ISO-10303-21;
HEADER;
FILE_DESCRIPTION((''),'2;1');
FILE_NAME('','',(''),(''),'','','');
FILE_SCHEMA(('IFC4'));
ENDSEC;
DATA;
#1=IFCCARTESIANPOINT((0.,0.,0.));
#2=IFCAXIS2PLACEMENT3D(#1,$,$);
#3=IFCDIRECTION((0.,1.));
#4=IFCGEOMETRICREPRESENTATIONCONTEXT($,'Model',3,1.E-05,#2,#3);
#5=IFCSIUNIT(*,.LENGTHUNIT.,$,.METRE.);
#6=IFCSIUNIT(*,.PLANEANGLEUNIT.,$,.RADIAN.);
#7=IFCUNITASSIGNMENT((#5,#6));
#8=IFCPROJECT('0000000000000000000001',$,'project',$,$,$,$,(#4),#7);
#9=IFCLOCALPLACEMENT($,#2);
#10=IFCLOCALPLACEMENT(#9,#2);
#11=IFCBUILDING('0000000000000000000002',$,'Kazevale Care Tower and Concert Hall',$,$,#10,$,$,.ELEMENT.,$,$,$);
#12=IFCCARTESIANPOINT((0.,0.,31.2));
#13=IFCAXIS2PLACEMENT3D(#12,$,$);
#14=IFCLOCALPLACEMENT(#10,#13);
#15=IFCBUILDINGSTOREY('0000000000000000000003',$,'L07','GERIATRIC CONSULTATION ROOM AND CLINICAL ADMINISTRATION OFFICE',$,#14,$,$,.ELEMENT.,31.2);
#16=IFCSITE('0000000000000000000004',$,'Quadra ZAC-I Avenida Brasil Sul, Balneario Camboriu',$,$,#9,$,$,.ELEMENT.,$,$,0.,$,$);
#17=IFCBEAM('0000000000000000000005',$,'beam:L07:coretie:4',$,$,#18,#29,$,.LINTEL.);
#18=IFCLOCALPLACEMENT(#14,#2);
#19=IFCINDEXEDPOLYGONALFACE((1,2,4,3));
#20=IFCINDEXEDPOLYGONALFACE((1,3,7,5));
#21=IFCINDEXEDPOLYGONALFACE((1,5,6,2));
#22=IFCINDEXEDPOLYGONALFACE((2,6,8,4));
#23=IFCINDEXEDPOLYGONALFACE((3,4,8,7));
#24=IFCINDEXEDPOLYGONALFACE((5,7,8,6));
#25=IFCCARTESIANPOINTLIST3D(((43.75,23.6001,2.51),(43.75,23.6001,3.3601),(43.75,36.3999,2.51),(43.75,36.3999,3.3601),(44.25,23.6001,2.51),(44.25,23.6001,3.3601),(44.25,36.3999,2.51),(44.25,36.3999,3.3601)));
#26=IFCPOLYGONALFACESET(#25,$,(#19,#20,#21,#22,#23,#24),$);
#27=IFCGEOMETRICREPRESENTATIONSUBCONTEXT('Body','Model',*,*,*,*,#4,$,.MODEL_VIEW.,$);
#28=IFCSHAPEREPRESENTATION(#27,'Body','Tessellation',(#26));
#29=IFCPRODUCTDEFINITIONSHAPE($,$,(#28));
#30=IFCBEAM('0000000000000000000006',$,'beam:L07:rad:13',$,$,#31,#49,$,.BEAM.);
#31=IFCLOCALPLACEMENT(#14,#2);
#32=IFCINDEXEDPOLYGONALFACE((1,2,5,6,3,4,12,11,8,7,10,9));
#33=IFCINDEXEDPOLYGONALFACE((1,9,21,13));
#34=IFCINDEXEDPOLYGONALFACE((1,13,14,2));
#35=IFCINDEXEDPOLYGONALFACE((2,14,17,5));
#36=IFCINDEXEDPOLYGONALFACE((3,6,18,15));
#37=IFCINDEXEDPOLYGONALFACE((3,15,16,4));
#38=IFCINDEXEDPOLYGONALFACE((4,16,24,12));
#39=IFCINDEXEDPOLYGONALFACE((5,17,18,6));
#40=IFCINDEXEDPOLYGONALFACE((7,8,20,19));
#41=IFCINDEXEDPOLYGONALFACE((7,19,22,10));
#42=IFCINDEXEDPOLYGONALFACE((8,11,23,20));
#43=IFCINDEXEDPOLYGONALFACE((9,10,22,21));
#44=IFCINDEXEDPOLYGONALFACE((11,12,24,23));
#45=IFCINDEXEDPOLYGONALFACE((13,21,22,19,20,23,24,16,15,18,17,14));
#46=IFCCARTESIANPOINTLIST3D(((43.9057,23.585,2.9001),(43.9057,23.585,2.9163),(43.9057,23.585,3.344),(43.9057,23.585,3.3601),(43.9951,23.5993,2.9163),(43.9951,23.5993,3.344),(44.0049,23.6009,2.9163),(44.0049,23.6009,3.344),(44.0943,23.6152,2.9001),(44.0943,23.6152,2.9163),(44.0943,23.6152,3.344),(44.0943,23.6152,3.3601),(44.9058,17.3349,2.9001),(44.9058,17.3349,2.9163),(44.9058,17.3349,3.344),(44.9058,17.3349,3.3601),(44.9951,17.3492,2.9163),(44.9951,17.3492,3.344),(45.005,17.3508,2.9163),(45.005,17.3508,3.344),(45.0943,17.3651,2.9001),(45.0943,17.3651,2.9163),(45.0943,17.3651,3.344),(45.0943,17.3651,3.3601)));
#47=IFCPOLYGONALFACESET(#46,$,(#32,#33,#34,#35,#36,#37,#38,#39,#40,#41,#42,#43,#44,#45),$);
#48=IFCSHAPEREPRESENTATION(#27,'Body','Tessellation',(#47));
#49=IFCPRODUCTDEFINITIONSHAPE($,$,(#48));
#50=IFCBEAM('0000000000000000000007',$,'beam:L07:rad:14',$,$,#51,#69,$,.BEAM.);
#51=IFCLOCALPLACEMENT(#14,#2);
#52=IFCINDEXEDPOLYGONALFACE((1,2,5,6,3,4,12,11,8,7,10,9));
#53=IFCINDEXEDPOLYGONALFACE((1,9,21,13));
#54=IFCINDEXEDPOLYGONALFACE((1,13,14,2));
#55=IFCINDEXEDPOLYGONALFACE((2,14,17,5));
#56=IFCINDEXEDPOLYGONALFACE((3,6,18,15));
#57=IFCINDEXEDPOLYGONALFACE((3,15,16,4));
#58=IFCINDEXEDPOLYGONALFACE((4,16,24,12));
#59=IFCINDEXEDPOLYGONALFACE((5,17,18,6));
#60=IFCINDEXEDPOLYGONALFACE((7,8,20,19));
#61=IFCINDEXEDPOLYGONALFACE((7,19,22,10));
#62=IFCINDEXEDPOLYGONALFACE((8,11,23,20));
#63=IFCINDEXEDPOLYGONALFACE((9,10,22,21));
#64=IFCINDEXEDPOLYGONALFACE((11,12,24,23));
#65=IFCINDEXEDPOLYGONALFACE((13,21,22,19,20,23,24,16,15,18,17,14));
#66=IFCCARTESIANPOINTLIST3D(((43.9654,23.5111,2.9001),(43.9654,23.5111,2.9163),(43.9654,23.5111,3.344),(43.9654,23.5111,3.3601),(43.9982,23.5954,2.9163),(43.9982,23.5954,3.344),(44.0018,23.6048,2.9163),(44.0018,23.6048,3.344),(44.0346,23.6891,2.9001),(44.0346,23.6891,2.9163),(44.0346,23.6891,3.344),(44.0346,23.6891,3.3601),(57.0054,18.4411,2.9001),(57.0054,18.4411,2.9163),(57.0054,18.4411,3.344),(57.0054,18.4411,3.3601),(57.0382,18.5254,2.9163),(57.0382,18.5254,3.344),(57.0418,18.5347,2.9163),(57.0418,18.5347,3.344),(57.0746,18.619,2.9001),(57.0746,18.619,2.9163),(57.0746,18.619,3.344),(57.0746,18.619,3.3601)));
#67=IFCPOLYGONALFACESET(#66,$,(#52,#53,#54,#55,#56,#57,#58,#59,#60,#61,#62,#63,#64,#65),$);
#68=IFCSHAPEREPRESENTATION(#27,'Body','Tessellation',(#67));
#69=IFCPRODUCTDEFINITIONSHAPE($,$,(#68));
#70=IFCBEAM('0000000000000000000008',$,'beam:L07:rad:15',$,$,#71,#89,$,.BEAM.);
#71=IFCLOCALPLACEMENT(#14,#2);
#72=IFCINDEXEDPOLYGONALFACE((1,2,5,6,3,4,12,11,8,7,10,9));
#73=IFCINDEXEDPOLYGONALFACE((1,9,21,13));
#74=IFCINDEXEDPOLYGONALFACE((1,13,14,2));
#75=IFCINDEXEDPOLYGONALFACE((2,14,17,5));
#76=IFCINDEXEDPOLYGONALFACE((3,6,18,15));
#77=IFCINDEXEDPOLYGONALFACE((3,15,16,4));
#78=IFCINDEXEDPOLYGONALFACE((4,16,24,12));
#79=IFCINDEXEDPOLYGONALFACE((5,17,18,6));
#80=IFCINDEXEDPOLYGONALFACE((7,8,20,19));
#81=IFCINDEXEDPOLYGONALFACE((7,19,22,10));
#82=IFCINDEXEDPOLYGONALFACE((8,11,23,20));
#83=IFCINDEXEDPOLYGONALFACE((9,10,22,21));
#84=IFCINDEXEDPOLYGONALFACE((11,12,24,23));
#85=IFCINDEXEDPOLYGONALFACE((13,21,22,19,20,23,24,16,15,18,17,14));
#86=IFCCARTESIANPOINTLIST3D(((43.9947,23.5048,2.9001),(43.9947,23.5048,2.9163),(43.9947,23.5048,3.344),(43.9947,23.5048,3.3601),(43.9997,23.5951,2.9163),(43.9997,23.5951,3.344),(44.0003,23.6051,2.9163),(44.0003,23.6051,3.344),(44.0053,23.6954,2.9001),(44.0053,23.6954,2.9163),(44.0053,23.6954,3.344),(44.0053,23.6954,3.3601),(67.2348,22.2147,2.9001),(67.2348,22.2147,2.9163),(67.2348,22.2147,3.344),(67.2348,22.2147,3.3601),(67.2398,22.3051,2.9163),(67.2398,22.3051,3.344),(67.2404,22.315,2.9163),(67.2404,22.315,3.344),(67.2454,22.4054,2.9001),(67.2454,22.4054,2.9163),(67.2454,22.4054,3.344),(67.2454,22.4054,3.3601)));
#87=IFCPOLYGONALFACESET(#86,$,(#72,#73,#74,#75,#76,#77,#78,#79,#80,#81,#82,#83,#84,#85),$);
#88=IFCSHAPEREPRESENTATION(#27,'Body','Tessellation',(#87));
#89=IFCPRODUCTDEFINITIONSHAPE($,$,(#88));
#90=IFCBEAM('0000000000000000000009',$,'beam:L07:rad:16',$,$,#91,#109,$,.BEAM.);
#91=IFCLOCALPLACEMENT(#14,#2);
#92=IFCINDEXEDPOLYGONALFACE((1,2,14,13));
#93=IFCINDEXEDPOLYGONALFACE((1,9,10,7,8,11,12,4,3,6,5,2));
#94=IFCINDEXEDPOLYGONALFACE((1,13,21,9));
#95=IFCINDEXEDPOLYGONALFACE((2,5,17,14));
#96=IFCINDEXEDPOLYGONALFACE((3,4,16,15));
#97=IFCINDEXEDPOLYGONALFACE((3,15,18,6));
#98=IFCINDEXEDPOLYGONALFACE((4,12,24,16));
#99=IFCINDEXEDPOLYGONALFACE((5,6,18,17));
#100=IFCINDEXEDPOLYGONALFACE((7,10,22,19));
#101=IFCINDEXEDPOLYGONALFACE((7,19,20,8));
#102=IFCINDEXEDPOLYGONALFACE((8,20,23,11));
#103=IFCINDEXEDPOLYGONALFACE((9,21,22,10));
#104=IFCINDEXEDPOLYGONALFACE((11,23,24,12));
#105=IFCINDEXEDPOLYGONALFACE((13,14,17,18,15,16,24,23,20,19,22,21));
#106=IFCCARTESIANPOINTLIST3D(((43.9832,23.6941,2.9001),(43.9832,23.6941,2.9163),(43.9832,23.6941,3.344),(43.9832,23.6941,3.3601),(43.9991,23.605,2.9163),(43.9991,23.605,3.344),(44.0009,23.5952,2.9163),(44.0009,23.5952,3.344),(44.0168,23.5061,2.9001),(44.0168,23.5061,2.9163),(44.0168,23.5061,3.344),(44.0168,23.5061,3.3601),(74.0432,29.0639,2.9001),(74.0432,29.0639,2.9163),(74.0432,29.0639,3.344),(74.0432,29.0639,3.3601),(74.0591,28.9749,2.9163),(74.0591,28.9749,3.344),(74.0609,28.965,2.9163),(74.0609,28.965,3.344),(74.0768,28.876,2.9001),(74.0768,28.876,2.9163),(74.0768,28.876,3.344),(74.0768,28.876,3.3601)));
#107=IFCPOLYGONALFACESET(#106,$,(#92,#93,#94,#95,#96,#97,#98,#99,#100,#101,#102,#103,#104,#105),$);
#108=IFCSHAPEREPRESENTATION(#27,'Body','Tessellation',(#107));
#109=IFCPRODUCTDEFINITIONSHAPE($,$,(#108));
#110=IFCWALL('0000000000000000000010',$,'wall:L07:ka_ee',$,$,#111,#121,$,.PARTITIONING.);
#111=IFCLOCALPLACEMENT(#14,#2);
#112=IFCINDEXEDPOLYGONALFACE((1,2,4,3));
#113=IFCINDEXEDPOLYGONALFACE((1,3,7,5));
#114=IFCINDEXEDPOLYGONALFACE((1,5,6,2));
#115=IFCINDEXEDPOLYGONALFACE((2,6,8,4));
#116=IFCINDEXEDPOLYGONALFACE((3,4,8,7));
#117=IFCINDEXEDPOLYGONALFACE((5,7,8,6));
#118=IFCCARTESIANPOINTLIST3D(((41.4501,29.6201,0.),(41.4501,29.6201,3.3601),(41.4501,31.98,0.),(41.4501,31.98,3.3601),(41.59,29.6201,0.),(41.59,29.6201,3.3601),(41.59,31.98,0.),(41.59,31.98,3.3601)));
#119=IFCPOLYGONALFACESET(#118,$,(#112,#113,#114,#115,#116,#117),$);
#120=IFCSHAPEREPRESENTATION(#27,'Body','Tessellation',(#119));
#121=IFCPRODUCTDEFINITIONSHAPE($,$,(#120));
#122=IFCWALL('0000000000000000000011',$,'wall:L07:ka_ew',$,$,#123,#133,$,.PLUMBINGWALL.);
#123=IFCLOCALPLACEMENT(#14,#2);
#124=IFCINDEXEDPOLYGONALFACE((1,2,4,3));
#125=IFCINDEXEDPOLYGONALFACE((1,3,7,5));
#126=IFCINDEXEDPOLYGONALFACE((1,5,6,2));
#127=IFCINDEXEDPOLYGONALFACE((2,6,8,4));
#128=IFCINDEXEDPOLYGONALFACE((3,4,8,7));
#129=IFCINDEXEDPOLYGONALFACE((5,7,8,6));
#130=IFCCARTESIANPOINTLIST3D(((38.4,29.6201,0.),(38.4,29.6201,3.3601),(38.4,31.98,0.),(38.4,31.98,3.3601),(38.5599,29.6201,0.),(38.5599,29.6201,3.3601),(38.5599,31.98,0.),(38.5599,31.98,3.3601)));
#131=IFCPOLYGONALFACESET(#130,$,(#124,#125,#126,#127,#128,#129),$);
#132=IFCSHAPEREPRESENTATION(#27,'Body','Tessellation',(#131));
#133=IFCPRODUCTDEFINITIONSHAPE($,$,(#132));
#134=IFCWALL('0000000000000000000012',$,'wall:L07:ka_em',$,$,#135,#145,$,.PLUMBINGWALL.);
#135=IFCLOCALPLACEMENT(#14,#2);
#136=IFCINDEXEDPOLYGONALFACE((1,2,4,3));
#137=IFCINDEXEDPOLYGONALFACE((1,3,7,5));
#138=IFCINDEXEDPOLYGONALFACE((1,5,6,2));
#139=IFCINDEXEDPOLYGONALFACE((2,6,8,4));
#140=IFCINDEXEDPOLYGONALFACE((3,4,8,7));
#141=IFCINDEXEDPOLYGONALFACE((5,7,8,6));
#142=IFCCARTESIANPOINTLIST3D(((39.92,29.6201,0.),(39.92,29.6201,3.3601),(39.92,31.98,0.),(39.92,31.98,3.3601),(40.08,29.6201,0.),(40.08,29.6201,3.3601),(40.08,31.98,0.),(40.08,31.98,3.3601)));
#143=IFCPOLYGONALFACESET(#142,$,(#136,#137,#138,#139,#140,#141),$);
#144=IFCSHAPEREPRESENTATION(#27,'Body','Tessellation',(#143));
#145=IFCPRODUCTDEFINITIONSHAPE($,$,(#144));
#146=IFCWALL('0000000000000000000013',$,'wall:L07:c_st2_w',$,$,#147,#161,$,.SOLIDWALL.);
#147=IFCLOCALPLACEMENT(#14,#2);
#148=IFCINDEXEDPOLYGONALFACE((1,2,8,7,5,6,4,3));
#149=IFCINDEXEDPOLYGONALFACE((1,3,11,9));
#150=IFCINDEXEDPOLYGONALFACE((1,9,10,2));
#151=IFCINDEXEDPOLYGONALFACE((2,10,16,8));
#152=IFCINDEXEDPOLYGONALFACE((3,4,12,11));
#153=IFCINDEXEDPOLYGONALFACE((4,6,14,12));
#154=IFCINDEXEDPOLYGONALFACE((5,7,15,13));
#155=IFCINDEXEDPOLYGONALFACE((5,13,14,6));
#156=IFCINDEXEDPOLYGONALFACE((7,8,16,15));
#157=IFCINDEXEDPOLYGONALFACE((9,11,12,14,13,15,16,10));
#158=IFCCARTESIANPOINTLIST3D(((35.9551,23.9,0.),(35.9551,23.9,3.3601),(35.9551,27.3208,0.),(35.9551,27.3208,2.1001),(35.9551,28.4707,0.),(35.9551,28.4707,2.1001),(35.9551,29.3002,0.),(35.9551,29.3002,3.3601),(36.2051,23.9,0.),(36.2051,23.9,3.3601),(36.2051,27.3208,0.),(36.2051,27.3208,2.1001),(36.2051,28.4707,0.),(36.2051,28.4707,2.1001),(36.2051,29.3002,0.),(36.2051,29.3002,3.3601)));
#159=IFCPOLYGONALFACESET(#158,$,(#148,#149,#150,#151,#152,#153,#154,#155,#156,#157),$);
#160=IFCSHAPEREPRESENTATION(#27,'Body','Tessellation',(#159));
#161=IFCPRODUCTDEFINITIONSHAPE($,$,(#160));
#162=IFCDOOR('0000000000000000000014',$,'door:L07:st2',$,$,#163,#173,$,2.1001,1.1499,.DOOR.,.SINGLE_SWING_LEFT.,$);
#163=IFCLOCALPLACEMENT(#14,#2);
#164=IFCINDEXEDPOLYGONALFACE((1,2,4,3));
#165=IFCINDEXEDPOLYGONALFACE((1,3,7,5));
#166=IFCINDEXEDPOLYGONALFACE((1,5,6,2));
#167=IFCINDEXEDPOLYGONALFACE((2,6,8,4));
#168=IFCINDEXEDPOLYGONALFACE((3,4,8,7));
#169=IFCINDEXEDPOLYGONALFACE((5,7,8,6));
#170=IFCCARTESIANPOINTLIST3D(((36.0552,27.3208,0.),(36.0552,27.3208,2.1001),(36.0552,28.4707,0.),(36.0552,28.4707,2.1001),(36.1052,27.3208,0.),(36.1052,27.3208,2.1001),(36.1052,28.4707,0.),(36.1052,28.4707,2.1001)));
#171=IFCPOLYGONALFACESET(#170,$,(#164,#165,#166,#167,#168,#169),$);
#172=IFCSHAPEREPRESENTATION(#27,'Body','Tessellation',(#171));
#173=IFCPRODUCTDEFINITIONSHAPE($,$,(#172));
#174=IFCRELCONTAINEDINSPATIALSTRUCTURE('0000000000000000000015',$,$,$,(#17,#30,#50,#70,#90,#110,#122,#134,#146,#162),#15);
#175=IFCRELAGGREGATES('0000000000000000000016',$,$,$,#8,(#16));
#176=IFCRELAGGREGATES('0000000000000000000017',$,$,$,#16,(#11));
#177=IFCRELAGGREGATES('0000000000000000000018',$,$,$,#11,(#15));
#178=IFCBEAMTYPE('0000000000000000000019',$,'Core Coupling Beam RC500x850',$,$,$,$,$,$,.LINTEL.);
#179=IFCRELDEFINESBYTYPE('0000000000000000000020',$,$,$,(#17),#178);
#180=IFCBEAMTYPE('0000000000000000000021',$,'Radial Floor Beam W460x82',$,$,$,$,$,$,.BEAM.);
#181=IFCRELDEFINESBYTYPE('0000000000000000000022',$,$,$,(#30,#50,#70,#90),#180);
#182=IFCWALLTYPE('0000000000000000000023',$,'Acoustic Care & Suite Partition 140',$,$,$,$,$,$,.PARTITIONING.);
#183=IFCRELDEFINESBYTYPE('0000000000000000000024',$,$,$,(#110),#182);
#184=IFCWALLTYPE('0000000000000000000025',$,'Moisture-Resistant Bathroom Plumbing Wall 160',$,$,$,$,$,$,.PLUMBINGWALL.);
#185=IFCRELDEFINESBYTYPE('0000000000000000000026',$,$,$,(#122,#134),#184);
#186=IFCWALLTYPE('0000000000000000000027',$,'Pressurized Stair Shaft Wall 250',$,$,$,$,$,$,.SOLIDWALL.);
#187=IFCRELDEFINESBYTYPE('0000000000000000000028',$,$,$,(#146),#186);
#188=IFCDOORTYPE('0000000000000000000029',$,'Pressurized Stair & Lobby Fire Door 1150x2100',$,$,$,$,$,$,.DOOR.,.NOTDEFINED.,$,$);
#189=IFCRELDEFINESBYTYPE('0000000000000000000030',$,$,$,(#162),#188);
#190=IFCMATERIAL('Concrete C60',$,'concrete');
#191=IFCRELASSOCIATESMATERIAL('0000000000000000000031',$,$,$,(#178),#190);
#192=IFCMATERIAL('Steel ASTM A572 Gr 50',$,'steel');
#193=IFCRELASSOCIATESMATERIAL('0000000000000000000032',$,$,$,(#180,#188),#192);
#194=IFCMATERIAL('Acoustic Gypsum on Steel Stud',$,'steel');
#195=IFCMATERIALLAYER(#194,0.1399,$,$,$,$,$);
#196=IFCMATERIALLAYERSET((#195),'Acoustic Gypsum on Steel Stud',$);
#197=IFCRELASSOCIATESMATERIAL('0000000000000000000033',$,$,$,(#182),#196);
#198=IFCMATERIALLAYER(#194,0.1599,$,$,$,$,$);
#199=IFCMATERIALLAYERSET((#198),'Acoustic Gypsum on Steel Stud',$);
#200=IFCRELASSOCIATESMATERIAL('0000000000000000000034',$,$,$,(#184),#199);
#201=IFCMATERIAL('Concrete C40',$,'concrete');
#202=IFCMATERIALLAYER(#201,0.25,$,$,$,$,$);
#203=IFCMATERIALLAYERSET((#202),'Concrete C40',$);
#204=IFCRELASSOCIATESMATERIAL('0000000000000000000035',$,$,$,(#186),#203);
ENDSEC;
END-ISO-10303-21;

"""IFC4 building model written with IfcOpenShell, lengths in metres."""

from ifc_helpers import new_model, si_unit, direction, frame, frame_2d, origin, origin_2d, place, context, subcontext, project, spatial, rectangle, i_section, extrude, material, layer, layer_set, material_profile, profile_set, type_object, element, fill, save


model = new_model("IFC4")

# Units and contexts
model_context = context("Model", 3, precision=1e-05, world=origin(), true_north=direction((0.0, 1.0)))
body_context = subcontext(model_context, "Body", "Model", "MODEL_VIEW")
ifc_project = project(units=[si_unit("LENGTHUNIT", "METRE"), si_unit("PLANEANGLEUNIT", "RADIAN")], contexts=[model_context])

# Site, building, storey
site_placement = place(None, origin())
site = spatial("IfcSite", under=ifc_project, at=site_placement, Name="Quadra ZAC-I Avenida Brasil Sul, Balneario Camboriu", CompositionType="ELEMENT", RefElevation=0.0)
building_placement = place(site_placement, origin())
building = spatial("IfcBuilding", under=site, at=building_placement, Name="Kazevale Care Tower and Concert Hall", CompositionType="ELEMENT")
storey_placement = place(building_placement, frame((0.0, 0.0, 31.2)))
storey = spatial("IfcBuildingStorey", under=building, at=storey_placement, Name="L07", Description="GERIATRIC CONSULTATION ROOM AND CLINICAL ADMINISTRATION OFFICE", CompositionType="ELEMENT", Elevation=31.2)

# Beams
ifc_material_1 = material(Name="Concrete C60", Category="concrete")
ifc_material_profile_1 = material_profile(ifc_material_1, rectangle(XDim=0.5, YDim=0.8501, at=origin_2d()), Name="RC-B500x850")
ifc_profile_set_1 = profile_set([ifc_material_profile_1], Name="Concrete C60")
beam_type_1 = type_object("IfcBeamType", Name="Core Coupling Beam RC500x850", PredefinedType="LINTEL", material=ifc_profile_set_1)
beam_1_placement = place(storey_placement, frame((44.0, 23.6001, 2.9351), z_axis=(0.0, 1.0, 0.0), x_axis=(-1.0, 0.0, 0.0)))
element("IfcBeam", 1, at=beam_1_placement, inside=storey, type_object=beam_type_1, Name="beam:L07:coretie:4", PredefinedType="LINTEL", context=body_context, shape_type="SweptSolid", body=[
    extrude(rectangle(XDim=0.5, YDim=0.8501, at=origin_2d()), origin(), (0.0, 0.0, 1.0), 12.7998),
])
ifc_material_2 = material(Name="Steel ASTM A572 Gr 50", Category="steel")
ifc_material_profile_2 = material_profile(ifc_material_2, i_section(OverallWidth=0.1909, OverallDepth=0.46, WebThickness=0.01, FlangeThickness=0.0161, at=origin_2d()), Name="W460x82")
ifc_profile_set_2 = profile_set([ifc_material_profile_2], Name="Steel ASTM A572 Gr 50")
beam_type_2 = type_object("IfcBeamType", Name="Radial Floor Beam W460x82", PredefinedType="BEAM", material=ifc_profile_set_2)
beam_2_placement = place(storey_placement, frame((44.0, 23.6001, 3.1301), z_axis=(0.157991, -0.987441, 0.0), x_axis=(0.987441, 0.157991, 0.0)))
element("IfcBeam", 2, at=beam_2_placement, inside=storey, type_object=beam_type_2, Name="beam:L07:rad:13", PredefinedType="BEAM", context=body_context, shape_type="SweptSolid", body=[
    extrude(i_section(OverallWidth=0.1909, OverallDepth=0.46, WebThickness=0.01, FlangeThickness=0.0161, at=origin_2d()), origin(), (0.0, 0.0, 1.0), 6.3296),
])
beam_3_placement = place(storey_placement, frame((44.0, 23.6001, 3.1301), z_axis=(0.93203, -0.362381, 0.0), x_axis=(0.362381, 0.93203, 0.0)))
element("IfcBeam", 3, at=beam_3_placement, inside=storey, type_object=beam_type_2, Name="beam:L07:rad:14", PredefinedType="BEAM", context=body_context, shape_type="SweptSolid", body=[
    extrude(i_section(OverallWidth=0.1909, OverallDepth=0.46, WebThickness=0.01, FlangeThickness=0.0161, at=origin_2d()), origin(), (0.0, 0.0, 1.0), 13.991),
])
beam_4_placement = place(storey_placement, frame((44.0, 23.6001, 3.1301), z_axis=(0.998463, -0.055424, 0.0), x_axis=(0.055424, 0.998463, 0.0)))
element("IfcBeam", 4, at=beam_4_placement, inside=storey, type_object=beam_type_2, Name="beam:L07:rad:15", PredefinedType="BEAM", context=body_context, shape_type="SweptSolid", body=[
    extrude(i_section(OverallWidth=0.1909, OverallDepth=0.46, WebThickness=0.01, FlangeThickness=0.0161, at=origin_2d()), origin(), (0.0, 0.0, 1.0), 23.2759),
])
beam_5_placement = place(storey_placement, frame((44.0, 23.6001, 3.1301), z_axis=(0.984416, 0.175854, 0.0), x_axis=(-0.175854, 0.984416, 0.0)))
element("IfcBeam", 5, at=beam_5_placement, inside=storey, type_object=beam_type_2, Name="beam:L07:rad:16", PredefinedType="BEAM", context=body_context, shape_type="SweptSolid", body=[
    extrude(i_section(OverallWidth=0.1909, OverallDepth=0.46, WebThickness=0.01, FlangeThickness=0.0161, at=origin_2d()), origin(), (0.0, 0.0, 1.0), 30.5359),
])

# Wall
ifc_material_3 = material(Name="Acoustic Gypsum on Steel Stud", Category="steel")
ifc_layer_1 = layer(ifc_material_3, 0.1399)
ifc_layer_set_1 = layer_set([ifc_layer_1], Name="Acoustic Gypsum on Steel Stud")
wall_type_1 = type_object("IfcWallType", Name="Acoustic Care & Suite Partition 140", PredefinedType="PARTITIONING", material=ifc_layer_set_1)
wall_1_placement = place(storey_placement, frame((41.52, 29.6201, 0.0), z_axis=(0.0, 0.0, 1.0), x_axis=(0.0, 1.0, 0.0)))
element("IfcWall", 6, at=wall_1_placement, inside=storey, type_object=wall_type_1, Name="wall:L07:ka_ee", PredefinedType="PARTITIONING", context=body_context, shape_type="SweptSolid", body=[
    extrude(rectangle(XDim=2.3599, YDim=0.1399, at=frame_2d((1.1799, 0.0))), origin(), (0.0, 0.0, 1.0), 3.3601),
])

# Walls
ifc_layer_2 = layer(ifc_material_3, 0.1599)
ifc_layer_set_2 = layer_set([ifc_layer_2], Name="Acoustic Gypsum on Steel Stud")
wall_type_2 = type_object("IfcWallType", Name="Moisture-Resistant Bathroom Plumbing Wall 160", PredefinedType="PLUMBINGWALL", material=ifc_layer_set_2)
for number, where, z_axis, x_axis, name in (
    (7, (38.48, 29.6201, 0.0), (0.0, 0.0, 1.0), (0.0, 1.0, 0.0), "wall:L07:ka_ew"),
    (8, (40.0, 29.6201, 0.0), (0.0, 0.0, 1.0), (0.0, 1.0, 0.0), "wall:L07:ka_em"),
):
    element("IfcWall", number, at=place(storey_placement, frame(where, z_axis=z_axis, x_axis=x_axis)), inside=storey, type_object=wall_type_2, Name=name, PredefinedType="PLUMBINGWALL", context=body_context, shape_type="SweptSolid", body=[
        extrude(rectangle(XDim=2.3599, YDim=0.1599, at=frame_2d((1.1799, 0.0))), origin(), (0.0, 0.0, 1.0), 3.3601),
    ])

# Wall, opening, door
ifc_material_4 = material(Name="Concrete C40", Category="concrete")
ifc_layer_3 = layer(ifc_material_4, 0.25)
ifc_layer_set_3 = layer_set([ifc_layer_3], Name="Concrete C40")
wall_type_3 = type_object("IfcWallType", Name="Pressurized Stair Shaft Wall 250", PredefinedType="SOLIDWALL", material=ifc_layer_set_3)
wall_2_placement = place(storey_placement, frame((36.0801, 23.8999, 0.0), z_axis=(0.0, 0.0, 1.0), x_axis=(0.0, 1.0, 0.0)))
wall_2 = element("IfcWall", 9, at=wall_2_placement, inside=storey, type_object=wall_type_3, Name="wall:L07:c_st2_w", PredefinedType="SOLIDWALL", context=body_context, shape_type="SweptSolid", body=[
    extrude(rectangle(XDim=5.4001, YDim=0.25, at=frame_2d((2.7002, 0.0))), origin(), (0.0, 0.0, 1.0), 3.3601),
])
opening_1_placement = place(wall_2_placement, frame((3.4209, 0.0, 0.0)))
opening_1 = element("IfcOpeningElement", 10, at=opening_1_placement, cuts=wall_2, PredefinedType="OPENING", context=body_context, shape_type="SweptSolid", body=[
    extrude(rectangle(XDim=1.1499, YDim=2.1001, at=frame_2d((0.575, 1.05))), frame((0.0, 0.135, 0.0), z_axis=(0.0, -1.0, 0.0), x_axis=(1.0, 0.0, 0.0)), (0.0, 0.0, 1.0), 0.27),
])
door_type_1 = type_object("IfcDoorType", Name="Pressurized Stair & Lobby Fire Door 1150x2100", OperationType="NOTDEFINED", PredefinedType="DOOR", material=ifc_material_2)
door_1_placement = place(opening_1_placement, origin())
door_1 = element("IfcDoor", 11, at=door_1_placement, inside=storey, type_object=door_type_1, Name="door:L07:st2", OperationType="SINGLE_SWING_LEFT", OverallHeight=2.1001, OverallWidth=1.1499, PredefinedType="DOOR", context=body_context, shape_type="SweptSolid", body=[
    extrude(rectangle(XDim=1.1499, YDim=2.1001, at=frame_2d((0.575, 1.05))), frame((0.0, 0.0249, 0.0), z_axis=(0.0, -1.0, 0.0), x_axis=(1.0, 0.0, 0.0)), (0.0, 0.0, 1.0), 0.05),
])
fill(opening_1, door_1)

save(model, "model.ifc")
